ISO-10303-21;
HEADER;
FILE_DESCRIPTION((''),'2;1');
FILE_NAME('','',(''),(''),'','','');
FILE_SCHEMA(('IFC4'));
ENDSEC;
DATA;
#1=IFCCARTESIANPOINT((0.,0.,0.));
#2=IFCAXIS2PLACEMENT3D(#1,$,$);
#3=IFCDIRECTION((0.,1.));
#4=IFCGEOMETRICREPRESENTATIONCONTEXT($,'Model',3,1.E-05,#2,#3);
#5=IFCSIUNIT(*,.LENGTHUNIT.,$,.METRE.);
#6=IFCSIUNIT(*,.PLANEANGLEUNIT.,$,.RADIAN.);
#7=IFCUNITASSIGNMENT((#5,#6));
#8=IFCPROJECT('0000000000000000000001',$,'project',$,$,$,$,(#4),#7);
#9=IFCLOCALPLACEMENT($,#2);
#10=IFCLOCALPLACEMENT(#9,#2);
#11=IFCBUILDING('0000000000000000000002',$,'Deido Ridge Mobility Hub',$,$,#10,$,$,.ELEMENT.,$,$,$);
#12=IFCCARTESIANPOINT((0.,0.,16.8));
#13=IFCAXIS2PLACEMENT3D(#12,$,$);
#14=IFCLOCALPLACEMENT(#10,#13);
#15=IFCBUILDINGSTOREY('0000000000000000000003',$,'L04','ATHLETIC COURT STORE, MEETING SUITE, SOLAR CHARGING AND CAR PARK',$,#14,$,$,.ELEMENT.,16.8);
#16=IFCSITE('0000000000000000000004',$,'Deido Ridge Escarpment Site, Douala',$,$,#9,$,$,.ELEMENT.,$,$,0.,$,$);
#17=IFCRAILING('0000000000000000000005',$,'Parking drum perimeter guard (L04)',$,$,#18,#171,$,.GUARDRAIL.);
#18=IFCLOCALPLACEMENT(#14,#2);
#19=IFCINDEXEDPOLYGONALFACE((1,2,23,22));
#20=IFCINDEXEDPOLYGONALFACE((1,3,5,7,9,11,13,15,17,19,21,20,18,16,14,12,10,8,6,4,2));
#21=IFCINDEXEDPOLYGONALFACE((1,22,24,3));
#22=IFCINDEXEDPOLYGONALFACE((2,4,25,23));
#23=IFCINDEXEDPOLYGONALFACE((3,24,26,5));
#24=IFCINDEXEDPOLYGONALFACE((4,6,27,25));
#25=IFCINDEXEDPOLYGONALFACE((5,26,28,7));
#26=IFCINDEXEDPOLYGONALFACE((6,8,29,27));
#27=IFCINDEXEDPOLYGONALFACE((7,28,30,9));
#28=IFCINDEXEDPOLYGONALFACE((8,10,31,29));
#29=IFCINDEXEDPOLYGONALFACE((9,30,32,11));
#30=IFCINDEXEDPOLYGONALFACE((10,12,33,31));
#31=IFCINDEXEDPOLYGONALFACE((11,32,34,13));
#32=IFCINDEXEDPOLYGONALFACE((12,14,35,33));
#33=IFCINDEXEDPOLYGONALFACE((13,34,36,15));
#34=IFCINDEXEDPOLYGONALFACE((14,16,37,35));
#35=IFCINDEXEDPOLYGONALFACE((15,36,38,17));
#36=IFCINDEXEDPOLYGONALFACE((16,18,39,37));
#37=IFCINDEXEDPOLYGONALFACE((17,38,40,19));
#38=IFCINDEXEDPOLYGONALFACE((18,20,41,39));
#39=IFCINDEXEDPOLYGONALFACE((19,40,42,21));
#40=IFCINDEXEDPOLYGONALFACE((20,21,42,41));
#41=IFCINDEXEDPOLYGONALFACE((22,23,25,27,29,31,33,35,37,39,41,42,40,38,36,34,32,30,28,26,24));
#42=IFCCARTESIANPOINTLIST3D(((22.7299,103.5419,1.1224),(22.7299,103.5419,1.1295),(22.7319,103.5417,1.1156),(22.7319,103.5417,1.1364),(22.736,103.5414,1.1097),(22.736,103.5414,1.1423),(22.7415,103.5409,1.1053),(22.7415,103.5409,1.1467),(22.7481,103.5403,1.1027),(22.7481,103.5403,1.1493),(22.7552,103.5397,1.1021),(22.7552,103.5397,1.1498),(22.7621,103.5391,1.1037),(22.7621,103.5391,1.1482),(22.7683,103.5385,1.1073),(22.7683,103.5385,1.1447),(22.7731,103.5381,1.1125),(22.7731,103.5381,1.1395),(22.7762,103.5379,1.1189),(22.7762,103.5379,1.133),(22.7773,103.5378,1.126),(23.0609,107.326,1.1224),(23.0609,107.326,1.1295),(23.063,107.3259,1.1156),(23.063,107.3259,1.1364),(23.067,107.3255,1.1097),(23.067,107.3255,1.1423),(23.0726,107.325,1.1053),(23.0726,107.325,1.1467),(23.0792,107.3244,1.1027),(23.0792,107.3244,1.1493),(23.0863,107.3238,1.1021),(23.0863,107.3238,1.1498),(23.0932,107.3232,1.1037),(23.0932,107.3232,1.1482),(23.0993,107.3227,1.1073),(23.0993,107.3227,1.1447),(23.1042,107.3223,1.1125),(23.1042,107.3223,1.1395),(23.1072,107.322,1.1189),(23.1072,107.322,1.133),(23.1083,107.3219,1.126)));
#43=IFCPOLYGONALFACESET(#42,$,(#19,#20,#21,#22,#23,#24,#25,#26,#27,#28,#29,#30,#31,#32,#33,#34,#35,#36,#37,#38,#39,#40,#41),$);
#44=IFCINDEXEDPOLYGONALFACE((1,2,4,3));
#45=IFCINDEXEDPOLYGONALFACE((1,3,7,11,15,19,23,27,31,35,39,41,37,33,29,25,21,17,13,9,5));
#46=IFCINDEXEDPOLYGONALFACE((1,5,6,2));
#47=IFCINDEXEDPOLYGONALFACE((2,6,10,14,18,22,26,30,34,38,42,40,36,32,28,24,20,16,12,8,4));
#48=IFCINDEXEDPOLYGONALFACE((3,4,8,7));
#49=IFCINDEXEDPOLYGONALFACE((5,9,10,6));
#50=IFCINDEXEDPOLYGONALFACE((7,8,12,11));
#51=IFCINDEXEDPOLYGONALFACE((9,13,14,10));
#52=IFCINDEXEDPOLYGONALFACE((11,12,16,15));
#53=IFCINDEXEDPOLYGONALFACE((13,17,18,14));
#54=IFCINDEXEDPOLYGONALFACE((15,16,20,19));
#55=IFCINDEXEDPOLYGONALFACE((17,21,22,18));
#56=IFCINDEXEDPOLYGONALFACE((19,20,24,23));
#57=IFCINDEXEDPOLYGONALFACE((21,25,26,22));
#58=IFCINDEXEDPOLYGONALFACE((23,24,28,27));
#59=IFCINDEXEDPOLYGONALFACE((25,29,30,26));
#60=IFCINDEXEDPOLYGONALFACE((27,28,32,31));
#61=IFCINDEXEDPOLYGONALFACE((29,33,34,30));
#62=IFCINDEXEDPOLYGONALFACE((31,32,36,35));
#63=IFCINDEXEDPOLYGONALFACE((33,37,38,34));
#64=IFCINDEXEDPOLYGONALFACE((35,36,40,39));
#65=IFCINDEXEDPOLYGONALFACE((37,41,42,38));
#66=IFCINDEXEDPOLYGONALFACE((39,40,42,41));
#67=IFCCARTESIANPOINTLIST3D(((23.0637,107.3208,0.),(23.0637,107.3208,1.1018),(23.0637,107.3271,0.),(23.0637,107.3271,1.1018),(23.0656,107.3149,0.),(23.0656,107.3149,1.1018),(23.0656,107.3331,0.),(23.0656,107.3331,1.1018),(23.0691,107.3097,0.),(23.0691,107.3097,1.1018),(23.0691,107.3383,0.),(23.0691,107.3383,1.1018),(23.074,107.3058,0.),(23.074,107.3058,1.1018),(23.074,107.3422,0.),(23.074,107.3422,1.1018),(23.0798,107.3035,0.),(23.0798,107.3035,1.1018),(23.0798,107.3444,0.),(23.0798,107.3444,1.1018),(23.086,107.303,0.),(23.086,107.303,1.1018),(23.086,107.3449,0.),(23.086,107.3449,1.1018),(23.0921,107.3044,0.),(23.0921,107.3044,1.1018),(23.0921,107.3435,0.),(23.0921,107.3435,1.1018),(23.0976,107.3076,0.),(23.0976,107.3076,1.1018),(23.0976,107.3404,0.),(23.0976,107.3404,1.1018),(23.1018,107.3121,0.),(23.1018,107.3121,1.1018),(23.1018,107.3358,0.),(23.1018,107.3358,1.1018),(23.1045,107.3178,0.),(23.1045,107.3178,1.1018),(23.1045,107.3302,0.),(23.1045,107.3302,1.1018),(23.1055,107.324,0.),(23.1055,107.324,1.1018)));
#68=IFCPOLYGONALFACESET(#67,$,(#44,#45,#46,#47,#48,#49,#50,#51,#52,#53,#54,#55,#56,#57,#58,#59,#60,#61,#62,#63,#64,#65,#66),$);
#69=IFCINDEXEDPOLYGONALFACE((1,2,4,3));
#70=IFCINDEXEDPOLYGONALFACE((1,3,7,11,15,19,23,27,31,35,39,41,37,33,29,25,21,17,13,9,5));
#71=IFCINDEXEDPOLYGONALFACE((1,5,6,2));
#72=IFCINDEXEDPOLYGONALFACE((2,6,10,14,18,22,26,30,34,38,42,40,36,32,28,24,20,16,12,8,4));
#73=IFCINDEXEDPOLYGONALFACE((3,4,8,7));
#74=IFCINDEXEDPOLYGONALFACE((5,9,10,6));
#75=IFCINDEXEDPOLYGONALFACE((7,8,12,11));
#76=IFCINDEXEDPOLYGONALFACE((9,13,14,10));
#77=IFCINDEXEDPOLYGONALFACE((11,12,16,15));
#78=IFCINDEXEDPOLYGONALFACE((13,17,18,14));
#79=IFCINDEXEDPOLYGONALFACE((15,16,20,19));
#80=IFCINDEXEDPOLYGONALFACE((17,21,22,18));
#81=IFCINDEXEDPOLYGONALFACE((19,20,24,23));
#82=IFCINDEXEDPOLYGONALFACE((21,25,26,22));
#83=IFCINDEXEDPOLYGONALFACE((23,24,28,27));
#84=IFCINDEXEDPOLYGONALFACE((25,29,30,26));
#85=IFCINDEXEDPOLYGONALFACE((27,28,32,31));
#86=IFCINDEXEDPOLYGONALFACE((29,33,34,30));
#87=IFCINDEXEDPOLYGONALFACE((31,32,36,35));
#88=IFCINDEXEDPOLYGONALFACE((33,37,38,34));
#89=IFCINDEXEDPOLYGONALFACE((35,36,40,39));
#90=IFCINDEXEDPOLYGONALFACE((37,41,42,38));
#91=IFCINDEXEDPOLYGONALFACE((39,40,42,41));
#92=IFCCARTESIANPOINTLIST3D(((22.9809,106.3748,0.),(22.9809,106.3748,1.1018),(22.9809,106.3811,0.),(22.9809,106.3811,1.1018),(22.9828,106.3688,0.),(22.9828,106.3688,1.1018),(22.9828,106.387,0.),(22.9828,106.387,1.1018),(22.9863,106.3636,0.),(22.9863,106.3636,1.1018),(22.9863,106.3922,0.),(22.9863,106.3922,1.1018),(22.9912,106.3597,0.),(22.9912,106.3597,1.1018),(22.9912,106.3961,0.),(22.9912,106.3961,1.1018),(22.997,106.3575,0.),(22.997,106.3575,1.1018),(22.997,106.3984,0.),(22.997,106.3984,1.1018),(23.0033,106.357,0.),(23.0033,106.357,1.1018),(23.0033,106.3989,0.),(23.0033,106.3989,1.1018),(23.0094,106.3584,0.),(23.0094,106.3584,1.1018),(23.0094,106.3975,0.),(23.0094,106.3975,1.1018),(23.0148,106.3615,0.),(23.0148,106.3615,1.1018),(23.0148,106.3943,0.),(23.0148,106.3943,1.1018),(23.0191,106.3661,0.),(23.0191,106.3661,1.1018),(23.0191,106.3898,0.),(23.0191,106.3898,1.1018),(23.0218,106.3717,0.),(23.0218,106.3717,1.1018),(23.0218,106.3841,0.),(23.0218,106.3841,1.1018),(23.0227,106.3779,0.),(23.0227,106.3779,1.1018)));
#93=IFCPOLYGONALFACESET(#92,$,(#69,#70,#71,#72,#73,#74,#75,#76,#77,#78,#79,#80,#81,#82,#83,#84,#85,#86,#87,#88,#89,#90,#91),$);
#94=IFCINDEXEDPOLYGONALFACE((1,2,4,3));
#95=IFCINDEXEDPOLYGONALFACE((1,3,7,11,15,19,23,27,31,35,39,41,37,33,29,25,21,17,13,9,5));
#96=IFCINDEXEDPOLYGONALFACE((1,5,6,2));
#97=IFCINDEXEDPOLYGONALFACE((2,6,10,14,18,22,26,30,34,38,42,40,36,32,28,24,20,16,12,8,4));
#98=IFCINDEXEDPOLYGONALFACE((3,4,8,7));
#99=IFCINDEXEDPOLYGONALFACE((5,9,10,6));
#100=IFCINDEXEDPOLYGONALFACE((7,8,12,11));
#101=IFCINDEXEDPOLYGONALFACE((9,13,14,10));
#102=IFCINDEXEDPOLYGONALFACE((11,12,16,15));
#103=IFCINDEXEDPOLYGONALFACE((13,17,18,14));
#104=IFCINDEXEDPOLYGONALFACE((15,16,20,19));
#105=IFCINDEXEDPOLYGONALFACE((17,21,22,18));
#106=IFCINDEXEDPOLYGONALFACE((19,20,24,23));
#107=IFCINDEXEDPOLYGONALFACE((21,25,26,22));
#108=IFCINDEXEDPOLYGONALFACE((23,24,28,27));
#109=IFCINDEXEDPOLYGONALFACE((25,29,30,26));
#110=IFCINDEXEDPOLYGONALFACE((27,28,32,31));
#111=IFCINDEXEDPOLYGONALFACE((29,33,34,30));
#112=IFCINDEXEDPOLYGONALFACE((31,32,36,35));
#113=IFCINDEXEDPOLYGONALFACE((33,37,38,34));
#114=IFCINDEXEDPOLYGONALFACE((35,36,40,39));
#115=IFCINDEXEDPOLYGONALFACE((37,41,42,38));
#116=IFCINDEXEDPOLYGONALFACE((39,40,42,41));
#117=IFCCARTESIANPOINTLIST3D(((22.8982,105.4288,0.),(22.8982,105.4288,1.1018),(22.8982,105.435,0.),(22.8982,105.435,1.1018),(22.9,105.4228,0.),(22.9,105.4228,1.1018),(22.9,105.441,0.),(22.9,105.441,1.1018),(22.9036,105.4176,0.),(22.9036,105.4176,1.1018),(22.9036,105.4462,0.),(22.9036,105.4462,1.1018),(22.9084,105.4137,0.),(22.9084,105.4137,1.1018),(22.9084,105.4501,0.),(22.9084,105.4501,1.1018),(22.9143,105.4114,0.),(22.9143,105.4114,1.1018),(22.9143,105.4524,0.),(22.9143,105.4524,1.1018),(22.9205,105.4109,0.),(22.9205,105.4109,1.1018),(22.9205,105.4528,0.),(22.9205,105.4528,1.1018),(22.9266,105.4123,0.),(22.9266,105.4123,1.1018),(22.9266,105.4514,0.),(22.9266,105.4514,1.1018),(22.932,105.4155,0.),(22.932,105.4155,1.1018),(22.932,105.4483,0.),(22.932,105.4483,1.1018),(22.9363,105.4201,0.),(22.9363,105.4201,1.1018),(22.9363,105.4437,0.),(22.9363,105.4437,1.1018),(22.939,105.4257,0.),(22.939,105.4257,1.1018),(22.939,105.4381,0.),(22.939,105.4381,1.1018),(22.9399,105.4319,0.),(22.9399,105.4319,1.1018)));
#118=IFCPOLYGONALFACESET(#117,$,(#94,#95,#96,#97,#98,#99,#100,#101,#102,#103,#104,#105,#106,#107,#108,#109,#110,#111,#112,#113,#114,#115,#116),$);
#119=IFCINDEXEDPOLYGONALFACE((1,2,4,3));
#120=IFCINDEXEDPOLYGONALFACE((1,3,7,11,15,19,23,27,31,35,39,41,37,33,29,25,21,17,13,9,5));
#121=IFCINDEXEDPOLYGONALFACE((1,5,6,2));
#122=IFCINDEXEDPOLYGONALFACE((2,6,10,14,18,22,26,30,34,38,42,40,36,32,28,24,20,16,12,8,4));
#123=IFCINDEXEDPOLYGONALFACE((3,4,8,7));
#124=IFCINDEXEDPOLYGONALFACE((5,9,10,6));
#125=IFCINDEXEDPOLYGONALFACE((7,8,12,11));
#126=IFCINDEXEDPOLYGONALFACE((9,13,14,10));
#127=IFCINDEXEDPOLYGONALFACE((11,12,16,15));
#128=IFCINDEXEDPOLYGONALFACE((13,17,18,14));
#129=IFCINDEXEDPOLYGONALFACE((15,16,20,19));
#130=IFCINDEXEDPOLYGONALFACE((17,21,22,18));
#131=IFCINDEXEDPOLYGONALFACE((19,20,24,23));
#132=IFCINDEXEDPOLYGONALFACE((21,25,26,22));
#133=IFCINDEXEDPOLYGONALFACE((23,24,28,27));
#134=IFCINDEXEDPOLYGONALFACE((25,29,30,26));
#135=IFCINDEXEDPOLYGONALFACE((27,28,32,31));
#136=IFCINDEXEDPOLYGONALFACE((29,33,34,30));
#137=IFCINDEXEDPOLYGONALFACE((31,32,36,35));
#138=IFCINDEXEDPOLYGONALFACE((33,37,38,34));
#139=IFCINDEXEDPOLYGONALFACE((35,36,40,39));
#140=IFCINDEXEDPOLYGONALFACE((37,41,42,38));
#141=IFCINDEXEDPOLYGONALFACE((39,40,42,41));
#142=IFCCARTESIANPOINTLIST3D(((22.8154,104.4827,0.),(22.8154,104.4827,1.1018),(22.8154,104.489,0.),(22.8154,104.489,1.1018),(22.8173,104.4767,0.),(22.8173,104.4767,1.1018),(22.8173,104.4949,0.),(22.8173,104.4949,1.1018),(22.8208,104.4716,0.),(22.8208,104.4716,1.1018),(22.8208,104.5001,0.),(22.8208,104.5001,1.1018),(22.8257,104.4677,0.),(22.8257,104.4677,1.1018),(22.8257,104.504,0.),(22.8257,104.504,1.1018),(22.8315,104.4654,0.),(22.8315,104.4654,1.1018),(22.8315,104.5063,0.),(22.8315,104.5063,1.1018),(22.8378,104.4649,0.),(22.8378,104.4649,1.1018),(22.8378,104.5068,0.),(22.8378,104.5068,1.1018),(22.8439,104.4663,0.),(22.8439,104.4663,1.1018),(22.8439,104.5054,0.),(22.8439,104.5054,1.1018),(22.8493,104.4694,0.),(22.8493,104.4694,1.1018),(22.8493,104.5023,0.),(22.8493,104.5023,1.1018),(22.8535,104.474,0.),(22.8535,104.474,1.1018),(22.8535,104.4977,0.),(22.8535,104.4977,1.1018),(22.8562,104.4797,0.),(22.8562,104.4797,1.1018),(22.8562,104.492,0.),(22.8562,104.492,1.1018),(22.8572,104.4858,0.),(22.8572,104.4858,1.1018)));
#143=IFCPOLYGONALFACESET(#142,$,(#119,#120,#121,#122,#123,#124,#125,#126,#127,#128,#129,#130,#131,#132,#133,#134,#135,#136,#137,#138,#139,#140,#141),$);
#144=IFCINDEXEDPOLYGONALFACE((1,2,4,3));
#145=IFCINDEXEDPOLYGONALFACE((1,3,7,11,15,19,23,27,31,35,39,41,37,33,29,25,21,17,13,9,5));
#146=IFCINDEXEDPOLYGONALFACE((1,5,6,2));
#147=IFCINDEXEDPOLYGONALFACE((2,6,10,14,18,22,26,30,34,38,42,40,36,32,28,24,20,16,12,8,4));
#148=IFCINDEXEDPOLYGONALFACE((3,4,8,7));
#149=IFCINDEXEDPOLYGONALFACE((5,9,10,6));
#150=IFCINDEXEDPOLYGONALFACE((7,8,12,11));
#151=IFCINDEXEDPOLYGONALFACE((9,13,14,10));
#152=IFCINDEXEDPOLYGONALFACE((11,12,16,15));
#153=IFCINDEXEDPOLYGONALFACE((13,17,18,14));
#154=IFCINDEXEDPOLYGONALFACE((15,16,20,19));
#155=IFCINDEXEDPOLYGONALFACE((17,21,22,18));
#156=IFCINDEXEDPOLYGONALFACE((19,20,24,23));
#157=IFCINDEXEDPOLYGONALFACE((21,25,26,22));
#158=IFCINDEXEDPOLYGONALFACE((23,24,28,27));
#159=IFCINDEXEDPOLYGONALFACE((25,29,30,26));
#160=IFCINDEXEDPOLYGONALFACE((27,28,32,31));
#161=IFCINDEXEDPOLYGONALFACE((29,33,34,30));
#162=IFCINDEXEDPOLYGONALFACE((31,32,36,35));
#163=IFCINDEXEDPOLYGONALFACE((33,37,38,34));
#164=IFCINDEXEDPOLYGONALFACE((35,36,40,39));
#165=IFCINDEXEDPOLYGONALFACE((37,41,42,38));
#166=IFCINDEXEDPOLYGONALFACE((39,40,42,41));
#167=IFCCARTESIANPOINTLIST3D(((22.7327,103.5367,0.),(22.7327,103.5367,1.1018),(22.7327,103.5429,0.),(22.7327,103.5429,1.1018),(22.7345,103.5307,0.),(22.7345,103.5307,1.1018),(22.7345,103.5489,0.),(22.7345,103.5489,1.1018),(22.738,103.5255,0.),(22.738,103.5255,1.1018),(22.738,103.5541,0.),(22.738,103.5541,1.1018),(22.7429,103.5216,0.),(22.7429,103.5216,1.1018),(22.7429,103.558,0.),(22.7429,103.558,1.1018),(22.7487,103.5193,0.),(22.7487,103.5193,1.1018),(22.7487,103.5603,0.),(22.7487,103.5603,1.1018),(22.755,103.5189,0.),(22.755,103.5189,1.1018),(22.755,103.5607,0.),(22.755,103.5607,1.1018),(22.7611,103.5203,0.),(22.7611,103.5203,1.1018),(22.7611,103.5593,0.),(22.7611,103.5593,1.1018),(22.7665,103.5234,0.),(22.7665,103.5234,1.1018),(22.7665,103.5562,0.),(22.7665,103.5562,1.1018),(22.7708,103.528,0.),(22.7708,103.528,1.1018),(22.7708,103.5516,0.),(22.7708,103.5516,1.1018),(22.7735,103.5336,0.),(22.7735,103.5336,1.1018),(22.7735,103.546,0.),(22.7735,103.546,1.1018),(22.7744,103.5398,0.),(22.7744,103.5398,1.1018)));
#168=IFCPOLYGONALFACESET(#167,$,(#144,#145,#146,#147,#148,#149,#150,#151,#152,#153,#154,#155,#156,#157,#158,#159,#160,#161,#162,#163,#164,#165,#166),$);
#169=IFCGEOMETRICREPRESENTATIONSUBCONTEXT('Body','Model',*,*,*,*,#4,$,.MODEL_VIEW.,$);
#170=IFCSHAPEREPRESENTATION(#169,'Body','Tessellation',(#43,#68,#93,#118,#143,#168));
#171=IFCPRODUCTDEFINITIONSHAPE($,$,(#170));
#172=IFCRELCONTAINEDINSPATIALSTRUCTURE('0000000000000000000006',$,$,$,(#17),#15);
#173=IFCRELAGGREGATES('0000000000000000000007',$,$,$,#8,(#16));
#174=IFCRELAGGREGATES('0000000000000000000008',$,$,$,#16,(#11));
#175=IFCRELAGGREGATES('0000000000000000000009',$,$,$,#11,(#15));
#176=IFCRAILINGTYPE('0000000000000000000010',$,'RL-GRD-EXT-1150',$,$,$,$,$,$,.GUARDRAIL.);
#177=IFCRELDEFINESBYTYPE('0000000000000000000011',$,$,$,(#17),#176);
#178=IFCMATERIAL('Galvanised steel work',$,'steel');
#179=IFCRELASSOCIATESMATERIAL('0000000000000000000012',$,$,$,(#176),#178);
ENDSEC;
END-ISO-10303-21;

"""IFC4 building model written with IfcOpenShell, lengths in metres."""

from ifc_helpers import new_model, si_unit, direction, frame, origin, origin_2d, place, context, subcontext, project, spatial, circle, extrude, material, type_object, element, save


model = new_model("IFC4")

# Units and contexts
model_context = context("Model", 3, precision=1e-05, world=origin(), true_north=direction((0.0, 1.0)))
body_context = subcontext(model_context, "Body", "Model", "MODEL_VIEW")
ifc_project = project(units=[si_unit("LENGTHUNIT", "METRE"), si_unit("PLANEANGLEUNIT", "RADIAN")], contexts=[model_context])

# Site, building, storey
site_placement = place(None, origin())
site = spatial("IfcSite", under=ifc_project, at=site_placement, Name="Deido Ridge Escarpment Site, Douala", CompositionType="ELEMENT", RefElevation=0.0)
building_placement = place(site_placement, origin())
building = spatial("IfcBuilding", under=site, at=building_placement, Name="Deido Ridge Mobility Hub", CompositionType="ELEMENT")
storey_placement = place(building_placement, frame((0.0, 0.0, 16.8)))
storey = spatial("IfcBuildingStorey", under=building, at=storey_placement, Name="L04", Description="ATHLETIC COURT STORE, MEETING SUITE, SOLAR CHARGING AND CAR PARK", CompositionType="ELEMENT", Elevation=16.8)

# Railing
ifc_material_1 = material(Name="Galvanised steel work", Category="steel")
railing_type = type_object("IfcRailingType", Name="RL-GRD-EXT-1150", PredefinedType="GUARDRAIL", material=ifc_material_1)
railing_1_placement = place(storey_placement, frame((23.0845, 107.324, 0.0)))
element("IfcRailing", 1, at=railing_1_placement, inside=storey, type_object=railing_type, Name="Parking drum perimeter guard (L04)", PredefinedType="GUARDRAIL", context=body_context, shape_type="SweptSolid", body=[
    extrude(circle(Radius=0.0239, at=origin_2d()), frame((0.0, 0.0, 1.126), z_axis=(-0.087151, -0.996195, 0.0), x_axis=(0.996195, -0.087151, 0.0)), (0.0, 0.0, 1.0), 3.7986),
    extrude(circle(Radius=0.021, at=origin_2d()), origin(), (0.0, 0.0, 1.0), 1.1018),
    extrude(circle(Radius=0.021, at=origin_2d()), frame((-0.0828, -0.946, 0.0)), (0.0, 0.0, 1.0), 1.1018),
    extrude(circle(Radius=0.021, at=origin_2d()), frame((-0.1655, -1.8921, 0.0)), (0.0, 0.0, 1.0), 1.1018),
    extrude(circle(Radius=0.021, at=origin_2d()), frame((-0.2483, -2.8381, 0.0)), (0.0, 0.0, 1.0), 1.1018),
    extrude(circle(Radius=0.021, at=origin_2d()), frame((-0.3311, -3.7842, 0.0)), (0.0, 0.0, 1.0), 1.1018),
])

save(model, "model.ifc")
